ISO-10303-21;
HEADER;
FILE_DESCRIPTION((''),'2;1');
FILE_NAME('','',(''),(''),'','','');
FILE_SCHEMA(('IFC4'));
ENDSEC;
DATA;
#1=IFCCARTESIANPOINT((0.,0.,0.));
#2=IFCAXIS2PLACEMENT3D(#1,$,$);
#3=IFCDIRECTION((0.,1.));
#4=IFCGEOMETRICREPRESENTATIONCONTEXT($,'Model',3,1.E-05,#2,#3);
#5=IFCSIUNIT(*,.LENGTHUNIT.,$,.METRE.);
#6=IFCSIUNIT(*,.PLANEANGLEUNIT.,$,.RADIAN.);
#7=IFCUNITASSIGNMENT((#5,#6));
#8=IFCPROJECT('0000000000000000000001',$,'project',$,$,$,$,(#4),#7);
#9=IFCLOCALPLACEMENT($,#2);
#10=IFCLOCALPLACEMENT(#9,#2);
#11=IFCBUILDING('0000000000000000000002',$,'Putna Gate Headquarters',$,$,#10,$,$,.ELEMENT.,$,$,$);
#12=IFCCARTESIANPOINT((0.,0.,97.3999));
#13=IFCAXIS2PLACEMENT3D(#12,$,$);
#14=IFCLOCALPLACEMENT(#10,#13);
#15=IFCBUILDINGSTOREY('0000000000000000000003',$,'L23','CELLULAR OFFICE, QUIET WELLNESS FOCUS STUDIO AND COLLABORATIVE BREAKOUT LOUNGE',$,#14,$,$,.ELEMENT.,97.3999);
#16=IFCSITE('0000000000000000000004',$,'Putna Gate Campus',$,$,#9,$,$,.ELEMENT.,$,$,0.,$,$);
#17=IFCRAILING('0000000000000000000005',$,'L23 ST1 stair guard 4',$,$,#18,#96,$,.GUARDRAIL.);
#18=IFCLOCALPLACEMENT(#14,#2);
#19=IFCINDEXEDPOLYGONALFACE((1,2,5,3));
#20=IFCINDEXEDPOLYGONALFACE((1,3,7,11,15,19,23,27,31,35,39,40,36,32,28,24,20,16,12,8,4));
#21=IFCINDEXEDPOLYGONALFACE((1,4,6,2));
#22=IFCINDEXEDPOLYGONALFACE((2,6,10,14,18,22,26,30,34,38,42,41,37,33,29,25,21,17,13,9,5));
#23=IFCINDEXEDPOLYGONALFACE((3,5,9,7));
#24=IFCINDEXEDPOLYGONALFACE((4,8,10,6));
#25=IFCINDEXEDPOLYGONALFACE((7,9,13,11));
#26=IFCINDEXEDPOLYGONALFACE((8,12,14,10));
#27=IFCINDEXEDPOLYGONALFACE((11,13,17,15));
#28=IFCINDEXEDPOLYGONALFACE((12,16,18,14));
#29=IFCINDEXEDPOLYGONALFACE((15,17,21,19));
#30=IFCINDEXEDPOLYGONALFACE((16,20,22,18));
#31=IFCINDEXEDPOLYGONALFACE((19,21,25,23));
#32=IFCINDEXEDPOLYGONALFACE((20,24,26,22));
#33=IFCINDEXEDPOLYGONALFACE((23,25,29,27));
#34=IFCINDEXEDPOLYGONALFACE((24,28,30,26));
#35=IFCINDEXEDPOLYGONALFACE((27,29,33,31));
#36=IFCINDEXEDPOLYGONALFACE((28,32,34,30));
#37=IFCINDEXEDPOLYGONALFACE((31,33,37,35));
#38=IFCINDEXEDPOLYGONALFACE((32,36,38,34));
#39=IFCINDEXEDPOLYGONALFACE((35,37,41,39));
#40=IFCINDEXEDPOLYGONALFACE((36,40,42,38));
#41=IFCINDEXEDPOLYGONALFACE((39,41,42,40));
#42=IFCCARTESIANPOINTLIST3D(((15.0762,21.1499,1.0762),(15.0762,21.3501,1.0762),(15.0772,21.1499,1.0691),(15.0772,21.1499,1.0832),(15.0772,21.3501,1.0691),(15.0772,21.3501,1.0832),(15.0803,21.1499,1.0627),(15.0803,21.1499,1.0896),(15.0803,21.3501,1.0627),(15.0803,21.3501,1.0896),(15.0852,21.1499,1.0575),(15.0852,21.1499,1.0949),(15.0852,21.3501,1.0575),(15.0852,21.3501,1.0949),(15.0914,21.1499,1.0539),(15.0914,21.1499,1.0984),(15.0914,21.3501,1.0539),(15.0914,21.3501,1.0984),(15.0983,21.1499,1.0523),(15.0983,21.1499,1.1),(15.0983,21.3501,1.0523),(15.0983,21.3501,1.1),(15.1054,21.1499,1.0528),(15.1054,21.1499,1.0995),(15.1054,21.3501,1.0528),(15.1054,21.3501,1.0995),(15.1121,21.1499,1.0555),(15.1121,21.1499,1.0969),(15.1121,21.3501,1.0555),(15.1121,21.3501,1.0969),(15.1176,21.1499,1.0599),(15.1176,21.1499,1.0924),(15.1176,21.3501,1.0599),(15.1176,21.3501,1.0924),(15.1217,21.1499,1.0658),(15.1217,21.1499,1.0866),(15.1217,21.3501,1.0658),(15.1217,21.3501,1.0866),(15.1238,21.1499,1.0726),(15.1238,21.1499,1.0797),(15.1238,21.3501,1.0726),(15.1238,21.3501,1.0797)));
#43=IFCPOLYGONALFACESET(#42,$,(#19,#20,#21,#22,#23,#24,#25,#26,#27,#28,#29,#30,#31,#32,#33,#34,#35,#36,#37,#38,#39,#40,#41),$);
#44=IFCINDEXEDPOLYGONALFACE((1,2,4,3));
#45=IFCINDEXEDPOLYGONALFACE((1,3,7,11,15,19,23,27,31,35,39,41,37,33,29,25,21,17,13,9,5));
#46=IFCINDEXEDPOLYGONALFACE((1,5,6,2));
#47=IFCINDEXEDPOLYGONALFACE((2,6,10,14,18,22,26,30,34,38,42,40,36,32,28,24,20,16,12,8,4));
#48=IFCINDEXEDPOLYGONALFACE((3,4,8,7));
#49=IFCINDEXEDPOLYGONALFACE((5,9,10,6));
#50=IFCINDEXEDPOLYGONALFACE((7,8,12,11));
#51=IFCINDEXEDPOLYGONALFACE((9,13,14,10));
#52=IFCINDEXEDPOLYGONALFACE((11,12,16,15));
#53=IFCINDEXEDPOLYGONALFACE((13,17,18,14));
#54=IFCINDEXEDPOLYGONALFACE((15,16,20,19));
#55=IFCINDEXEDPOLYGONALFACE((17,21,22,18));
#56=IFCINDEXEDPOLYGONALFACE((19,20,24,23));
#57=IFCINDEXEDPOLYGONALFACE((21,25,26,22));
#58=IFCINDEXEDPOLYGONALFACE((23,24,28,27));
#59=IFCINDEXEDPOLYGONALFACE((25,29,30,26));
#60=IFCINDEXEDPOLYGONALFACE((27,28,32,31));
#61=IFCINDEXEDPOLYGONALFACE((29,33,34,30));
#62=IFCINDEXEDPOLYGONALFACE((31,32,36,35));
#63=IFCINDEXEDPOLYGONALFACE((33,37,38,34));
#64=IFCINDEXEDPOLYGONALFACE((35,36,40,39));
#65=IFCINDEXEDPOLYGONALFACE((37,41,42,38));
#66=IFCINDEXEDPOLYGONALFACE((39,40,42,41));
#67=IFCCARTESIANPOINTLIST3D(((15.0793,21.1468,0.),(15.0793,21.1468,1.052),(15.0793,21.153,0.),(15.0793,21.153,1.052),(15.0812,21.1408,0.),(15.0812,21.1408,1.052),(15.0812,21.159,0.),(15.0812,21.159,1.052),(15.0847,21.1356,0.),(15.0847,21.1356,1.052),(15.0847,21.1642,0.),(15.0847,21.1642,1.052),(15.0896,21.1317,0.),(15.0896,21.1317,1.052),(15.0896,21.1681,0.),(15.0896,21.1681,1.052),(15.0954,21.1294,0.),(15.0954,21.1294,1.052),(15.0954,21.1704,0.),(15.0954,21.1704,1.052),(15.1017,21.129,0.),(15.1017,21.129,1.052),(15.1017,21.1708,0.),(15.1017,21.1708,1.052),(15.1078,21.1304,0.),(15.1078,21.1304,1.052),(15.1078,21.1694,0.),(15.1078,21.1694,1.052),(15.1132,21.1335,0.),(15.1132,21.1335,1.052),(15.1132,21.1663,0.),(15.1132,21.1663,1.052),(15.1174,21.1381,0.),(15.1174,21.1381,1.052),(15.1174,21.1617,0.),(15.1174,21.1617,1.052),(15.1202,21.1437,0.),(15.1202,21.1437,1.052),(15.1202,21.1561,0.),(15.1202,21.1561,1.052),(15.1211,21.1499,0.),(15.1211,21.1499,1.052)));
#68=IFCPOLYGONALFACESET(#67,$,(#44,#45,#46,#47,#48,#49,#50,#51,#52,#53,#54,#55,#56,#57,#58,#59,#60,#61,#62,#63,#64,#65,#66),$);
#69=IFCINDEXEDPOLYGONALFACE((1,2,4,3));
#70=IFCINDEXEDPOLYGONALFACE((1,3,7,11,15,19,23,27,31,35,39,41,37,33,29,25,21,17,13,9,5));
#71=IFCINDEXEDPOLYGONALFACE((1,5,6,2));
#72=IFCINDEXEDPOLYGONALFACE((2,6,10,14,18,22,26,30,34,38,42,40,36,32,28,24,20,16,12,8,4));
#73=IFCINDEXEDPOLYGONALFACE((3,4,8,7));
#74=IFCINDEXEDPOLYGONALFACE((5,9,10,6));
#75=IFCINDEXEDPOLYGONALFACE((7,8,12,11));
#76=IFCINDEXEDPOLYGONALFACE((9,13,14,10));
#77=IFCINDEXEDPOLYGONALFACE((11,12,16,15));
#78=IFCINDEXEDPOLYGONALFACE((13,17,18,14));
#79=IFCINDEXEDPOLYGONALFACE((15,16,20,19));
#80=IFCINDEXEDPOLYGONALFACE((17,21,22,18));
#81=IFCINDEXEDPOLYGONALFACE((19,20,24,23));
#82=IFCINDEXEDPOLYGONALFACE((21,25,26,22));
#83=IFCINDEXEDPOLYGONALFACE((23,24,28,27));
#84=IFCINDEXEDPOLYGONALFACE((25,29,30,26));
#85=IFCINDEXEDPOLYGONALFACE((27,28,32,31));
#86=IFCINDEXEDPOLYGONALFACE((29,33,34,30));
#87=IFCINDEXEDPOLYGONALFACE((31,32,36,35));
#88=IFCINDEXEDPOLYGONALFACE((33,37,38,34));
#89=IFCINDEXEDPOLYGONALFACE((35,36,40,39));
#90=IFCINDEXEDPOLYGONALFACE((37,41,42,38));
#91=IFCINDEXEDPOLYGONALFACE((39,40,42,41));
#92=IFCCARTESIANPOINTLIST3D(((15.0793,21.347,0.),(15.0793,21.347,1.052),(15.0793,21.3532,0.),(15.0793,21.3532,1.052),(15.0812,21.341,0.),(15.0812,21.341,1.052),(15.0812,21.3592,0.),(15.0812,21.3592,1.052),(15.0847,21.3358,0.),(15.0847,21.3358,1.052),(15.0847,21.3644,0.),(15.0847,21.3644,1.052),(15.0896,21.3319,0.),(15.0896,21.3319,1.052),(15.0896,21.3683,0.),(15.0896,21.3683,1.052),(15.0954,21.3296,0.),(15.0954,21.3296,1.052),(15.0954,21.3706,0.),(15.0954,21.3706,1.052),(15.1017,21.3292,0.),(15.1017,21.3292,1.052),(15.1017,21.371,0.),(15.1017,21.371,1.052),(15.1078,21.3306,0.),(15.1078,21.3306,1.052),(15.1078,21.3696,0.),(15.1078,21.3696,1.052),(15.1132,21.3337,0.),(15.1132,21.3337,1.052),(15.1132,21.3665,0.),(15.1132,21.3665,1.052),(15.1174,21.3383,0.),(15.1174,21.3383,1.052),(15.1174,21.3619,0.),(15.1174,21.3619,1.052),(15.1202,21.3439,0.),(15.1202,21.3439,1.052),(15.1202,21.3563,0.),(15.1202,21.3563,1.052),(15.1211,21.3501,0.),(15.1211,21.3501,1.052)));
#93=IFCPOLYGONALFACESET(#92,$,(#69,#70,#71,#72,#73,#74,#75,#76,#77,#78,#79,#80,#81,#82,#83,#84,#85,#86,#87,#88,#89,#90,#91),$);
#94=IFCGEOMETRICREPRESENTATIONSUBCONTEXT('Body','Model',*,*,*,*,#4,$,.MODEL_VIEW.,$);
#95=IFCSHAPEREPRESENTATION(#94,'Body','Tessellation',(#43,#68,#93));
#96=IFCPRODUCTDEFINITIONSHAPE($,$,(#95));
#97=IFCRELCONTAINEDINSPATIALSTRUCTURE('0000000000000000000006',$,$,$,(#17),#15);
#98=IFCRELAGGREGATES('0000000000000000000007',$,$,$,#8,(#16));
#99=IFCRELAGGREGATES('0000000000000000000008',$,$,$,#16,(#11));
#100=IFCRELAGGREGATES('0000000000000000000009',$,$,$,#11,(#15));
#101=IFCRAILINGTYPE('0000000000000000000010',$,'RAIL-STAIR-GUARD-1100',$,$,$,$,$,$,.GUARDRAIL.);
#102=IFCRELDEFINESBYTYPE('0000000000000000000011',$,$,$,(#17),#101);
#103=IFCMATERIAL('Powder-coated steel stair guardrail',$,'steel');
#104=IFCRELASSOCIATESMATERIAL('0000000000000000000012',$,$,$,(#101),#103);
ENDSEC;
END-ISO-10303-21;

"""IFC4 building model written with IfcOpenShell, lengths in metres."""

from ifc_helpers import new_model, si_unit, direction, frame, origin, origin_2d, place, context, subcontext, project, spatial, circle, extrude, material, type_object, element, save


model = new_model("IFC4")

# Units and contexts
model_context = context("Model", 3, precision=1e-05, world=origin(), true_north=direction((0.0, 1.0)))
body_context = subcontext(model_context, "Body", "Model", "MODEL_VIEW")
ifc_project = project(units=[si_unit("LENGTHUNIT", "METRE"), si_unit("PLANEANGLEUNIT", "RADIAN")], contexts=[model_context])

# Site, building, storey
site_placement = place(None, origin())
site = spatial("IfcSite", under=ifc_project, at=site_placement, Name="Putna Gate Campus", CompositionType="ELEMENT", RefElevation=0.0)
building_placement = place(site_placement, origin())
building = spatial("IfcBuilding", under=site, at=building_placement, Name="Putna Gate Headquarters", CompositionType="ELEMENT")
storey_placement = place(building_placement, frame((0.0, 0.0, 97.3999)))
storey = spatial("IfcBuildingStorey", under=building, at=storey_placement, Name="L23", Description="CELLULAR OFFICE, QUIET WELLNESS FOCUS STUDIO AND COLLABORATIVE BREAKOUT LOUNGE", CompositionType="ELEMENT", Elevation=97.3999)

# Railing
ifc_material_1 = material(Name="Powder-coated steel stair guardrail", Category="steel")
railing_type_1 = type_object("IfcRailingType", Name="RAIL-STAIR-GUARD-1100", PredefinedType="GUARDRAIL", material=ifc_material_1)
railing_1_placement = place(storey_placement, frame((15.1001, 21.1499, 0.0)))
element("IfcRailing", 1, at=railing_1_placement, inside=storey, type_object=railing_type_1, Name="L23 ST1 stair guard 4", PredefinedType="GUARDRAIL", context=body_context, shape_type="SweptSolid", body=[
    extrude(circle(Radius=0.0239, at=origin_2d()), frame((0.0, 0.0, 1.0762), z_axis=(0.0, 1.0, 0.0), x_axis=(-1.0, 0.0, 0.0)), (0.0, 0.0, 1.0), 0.2002),
    extrude(circle(Radius=0.021, at=origin_2d()), origin(), (0.0, 0.0, 1.0), 1.052),
    extrude(circle(Radius=0.021, at=origin_2d()), frame((0.0, 0.2002, 0.0)), (0.0, 0.0, 1.0), 1.052),
])

save(model, "model.ifc")
